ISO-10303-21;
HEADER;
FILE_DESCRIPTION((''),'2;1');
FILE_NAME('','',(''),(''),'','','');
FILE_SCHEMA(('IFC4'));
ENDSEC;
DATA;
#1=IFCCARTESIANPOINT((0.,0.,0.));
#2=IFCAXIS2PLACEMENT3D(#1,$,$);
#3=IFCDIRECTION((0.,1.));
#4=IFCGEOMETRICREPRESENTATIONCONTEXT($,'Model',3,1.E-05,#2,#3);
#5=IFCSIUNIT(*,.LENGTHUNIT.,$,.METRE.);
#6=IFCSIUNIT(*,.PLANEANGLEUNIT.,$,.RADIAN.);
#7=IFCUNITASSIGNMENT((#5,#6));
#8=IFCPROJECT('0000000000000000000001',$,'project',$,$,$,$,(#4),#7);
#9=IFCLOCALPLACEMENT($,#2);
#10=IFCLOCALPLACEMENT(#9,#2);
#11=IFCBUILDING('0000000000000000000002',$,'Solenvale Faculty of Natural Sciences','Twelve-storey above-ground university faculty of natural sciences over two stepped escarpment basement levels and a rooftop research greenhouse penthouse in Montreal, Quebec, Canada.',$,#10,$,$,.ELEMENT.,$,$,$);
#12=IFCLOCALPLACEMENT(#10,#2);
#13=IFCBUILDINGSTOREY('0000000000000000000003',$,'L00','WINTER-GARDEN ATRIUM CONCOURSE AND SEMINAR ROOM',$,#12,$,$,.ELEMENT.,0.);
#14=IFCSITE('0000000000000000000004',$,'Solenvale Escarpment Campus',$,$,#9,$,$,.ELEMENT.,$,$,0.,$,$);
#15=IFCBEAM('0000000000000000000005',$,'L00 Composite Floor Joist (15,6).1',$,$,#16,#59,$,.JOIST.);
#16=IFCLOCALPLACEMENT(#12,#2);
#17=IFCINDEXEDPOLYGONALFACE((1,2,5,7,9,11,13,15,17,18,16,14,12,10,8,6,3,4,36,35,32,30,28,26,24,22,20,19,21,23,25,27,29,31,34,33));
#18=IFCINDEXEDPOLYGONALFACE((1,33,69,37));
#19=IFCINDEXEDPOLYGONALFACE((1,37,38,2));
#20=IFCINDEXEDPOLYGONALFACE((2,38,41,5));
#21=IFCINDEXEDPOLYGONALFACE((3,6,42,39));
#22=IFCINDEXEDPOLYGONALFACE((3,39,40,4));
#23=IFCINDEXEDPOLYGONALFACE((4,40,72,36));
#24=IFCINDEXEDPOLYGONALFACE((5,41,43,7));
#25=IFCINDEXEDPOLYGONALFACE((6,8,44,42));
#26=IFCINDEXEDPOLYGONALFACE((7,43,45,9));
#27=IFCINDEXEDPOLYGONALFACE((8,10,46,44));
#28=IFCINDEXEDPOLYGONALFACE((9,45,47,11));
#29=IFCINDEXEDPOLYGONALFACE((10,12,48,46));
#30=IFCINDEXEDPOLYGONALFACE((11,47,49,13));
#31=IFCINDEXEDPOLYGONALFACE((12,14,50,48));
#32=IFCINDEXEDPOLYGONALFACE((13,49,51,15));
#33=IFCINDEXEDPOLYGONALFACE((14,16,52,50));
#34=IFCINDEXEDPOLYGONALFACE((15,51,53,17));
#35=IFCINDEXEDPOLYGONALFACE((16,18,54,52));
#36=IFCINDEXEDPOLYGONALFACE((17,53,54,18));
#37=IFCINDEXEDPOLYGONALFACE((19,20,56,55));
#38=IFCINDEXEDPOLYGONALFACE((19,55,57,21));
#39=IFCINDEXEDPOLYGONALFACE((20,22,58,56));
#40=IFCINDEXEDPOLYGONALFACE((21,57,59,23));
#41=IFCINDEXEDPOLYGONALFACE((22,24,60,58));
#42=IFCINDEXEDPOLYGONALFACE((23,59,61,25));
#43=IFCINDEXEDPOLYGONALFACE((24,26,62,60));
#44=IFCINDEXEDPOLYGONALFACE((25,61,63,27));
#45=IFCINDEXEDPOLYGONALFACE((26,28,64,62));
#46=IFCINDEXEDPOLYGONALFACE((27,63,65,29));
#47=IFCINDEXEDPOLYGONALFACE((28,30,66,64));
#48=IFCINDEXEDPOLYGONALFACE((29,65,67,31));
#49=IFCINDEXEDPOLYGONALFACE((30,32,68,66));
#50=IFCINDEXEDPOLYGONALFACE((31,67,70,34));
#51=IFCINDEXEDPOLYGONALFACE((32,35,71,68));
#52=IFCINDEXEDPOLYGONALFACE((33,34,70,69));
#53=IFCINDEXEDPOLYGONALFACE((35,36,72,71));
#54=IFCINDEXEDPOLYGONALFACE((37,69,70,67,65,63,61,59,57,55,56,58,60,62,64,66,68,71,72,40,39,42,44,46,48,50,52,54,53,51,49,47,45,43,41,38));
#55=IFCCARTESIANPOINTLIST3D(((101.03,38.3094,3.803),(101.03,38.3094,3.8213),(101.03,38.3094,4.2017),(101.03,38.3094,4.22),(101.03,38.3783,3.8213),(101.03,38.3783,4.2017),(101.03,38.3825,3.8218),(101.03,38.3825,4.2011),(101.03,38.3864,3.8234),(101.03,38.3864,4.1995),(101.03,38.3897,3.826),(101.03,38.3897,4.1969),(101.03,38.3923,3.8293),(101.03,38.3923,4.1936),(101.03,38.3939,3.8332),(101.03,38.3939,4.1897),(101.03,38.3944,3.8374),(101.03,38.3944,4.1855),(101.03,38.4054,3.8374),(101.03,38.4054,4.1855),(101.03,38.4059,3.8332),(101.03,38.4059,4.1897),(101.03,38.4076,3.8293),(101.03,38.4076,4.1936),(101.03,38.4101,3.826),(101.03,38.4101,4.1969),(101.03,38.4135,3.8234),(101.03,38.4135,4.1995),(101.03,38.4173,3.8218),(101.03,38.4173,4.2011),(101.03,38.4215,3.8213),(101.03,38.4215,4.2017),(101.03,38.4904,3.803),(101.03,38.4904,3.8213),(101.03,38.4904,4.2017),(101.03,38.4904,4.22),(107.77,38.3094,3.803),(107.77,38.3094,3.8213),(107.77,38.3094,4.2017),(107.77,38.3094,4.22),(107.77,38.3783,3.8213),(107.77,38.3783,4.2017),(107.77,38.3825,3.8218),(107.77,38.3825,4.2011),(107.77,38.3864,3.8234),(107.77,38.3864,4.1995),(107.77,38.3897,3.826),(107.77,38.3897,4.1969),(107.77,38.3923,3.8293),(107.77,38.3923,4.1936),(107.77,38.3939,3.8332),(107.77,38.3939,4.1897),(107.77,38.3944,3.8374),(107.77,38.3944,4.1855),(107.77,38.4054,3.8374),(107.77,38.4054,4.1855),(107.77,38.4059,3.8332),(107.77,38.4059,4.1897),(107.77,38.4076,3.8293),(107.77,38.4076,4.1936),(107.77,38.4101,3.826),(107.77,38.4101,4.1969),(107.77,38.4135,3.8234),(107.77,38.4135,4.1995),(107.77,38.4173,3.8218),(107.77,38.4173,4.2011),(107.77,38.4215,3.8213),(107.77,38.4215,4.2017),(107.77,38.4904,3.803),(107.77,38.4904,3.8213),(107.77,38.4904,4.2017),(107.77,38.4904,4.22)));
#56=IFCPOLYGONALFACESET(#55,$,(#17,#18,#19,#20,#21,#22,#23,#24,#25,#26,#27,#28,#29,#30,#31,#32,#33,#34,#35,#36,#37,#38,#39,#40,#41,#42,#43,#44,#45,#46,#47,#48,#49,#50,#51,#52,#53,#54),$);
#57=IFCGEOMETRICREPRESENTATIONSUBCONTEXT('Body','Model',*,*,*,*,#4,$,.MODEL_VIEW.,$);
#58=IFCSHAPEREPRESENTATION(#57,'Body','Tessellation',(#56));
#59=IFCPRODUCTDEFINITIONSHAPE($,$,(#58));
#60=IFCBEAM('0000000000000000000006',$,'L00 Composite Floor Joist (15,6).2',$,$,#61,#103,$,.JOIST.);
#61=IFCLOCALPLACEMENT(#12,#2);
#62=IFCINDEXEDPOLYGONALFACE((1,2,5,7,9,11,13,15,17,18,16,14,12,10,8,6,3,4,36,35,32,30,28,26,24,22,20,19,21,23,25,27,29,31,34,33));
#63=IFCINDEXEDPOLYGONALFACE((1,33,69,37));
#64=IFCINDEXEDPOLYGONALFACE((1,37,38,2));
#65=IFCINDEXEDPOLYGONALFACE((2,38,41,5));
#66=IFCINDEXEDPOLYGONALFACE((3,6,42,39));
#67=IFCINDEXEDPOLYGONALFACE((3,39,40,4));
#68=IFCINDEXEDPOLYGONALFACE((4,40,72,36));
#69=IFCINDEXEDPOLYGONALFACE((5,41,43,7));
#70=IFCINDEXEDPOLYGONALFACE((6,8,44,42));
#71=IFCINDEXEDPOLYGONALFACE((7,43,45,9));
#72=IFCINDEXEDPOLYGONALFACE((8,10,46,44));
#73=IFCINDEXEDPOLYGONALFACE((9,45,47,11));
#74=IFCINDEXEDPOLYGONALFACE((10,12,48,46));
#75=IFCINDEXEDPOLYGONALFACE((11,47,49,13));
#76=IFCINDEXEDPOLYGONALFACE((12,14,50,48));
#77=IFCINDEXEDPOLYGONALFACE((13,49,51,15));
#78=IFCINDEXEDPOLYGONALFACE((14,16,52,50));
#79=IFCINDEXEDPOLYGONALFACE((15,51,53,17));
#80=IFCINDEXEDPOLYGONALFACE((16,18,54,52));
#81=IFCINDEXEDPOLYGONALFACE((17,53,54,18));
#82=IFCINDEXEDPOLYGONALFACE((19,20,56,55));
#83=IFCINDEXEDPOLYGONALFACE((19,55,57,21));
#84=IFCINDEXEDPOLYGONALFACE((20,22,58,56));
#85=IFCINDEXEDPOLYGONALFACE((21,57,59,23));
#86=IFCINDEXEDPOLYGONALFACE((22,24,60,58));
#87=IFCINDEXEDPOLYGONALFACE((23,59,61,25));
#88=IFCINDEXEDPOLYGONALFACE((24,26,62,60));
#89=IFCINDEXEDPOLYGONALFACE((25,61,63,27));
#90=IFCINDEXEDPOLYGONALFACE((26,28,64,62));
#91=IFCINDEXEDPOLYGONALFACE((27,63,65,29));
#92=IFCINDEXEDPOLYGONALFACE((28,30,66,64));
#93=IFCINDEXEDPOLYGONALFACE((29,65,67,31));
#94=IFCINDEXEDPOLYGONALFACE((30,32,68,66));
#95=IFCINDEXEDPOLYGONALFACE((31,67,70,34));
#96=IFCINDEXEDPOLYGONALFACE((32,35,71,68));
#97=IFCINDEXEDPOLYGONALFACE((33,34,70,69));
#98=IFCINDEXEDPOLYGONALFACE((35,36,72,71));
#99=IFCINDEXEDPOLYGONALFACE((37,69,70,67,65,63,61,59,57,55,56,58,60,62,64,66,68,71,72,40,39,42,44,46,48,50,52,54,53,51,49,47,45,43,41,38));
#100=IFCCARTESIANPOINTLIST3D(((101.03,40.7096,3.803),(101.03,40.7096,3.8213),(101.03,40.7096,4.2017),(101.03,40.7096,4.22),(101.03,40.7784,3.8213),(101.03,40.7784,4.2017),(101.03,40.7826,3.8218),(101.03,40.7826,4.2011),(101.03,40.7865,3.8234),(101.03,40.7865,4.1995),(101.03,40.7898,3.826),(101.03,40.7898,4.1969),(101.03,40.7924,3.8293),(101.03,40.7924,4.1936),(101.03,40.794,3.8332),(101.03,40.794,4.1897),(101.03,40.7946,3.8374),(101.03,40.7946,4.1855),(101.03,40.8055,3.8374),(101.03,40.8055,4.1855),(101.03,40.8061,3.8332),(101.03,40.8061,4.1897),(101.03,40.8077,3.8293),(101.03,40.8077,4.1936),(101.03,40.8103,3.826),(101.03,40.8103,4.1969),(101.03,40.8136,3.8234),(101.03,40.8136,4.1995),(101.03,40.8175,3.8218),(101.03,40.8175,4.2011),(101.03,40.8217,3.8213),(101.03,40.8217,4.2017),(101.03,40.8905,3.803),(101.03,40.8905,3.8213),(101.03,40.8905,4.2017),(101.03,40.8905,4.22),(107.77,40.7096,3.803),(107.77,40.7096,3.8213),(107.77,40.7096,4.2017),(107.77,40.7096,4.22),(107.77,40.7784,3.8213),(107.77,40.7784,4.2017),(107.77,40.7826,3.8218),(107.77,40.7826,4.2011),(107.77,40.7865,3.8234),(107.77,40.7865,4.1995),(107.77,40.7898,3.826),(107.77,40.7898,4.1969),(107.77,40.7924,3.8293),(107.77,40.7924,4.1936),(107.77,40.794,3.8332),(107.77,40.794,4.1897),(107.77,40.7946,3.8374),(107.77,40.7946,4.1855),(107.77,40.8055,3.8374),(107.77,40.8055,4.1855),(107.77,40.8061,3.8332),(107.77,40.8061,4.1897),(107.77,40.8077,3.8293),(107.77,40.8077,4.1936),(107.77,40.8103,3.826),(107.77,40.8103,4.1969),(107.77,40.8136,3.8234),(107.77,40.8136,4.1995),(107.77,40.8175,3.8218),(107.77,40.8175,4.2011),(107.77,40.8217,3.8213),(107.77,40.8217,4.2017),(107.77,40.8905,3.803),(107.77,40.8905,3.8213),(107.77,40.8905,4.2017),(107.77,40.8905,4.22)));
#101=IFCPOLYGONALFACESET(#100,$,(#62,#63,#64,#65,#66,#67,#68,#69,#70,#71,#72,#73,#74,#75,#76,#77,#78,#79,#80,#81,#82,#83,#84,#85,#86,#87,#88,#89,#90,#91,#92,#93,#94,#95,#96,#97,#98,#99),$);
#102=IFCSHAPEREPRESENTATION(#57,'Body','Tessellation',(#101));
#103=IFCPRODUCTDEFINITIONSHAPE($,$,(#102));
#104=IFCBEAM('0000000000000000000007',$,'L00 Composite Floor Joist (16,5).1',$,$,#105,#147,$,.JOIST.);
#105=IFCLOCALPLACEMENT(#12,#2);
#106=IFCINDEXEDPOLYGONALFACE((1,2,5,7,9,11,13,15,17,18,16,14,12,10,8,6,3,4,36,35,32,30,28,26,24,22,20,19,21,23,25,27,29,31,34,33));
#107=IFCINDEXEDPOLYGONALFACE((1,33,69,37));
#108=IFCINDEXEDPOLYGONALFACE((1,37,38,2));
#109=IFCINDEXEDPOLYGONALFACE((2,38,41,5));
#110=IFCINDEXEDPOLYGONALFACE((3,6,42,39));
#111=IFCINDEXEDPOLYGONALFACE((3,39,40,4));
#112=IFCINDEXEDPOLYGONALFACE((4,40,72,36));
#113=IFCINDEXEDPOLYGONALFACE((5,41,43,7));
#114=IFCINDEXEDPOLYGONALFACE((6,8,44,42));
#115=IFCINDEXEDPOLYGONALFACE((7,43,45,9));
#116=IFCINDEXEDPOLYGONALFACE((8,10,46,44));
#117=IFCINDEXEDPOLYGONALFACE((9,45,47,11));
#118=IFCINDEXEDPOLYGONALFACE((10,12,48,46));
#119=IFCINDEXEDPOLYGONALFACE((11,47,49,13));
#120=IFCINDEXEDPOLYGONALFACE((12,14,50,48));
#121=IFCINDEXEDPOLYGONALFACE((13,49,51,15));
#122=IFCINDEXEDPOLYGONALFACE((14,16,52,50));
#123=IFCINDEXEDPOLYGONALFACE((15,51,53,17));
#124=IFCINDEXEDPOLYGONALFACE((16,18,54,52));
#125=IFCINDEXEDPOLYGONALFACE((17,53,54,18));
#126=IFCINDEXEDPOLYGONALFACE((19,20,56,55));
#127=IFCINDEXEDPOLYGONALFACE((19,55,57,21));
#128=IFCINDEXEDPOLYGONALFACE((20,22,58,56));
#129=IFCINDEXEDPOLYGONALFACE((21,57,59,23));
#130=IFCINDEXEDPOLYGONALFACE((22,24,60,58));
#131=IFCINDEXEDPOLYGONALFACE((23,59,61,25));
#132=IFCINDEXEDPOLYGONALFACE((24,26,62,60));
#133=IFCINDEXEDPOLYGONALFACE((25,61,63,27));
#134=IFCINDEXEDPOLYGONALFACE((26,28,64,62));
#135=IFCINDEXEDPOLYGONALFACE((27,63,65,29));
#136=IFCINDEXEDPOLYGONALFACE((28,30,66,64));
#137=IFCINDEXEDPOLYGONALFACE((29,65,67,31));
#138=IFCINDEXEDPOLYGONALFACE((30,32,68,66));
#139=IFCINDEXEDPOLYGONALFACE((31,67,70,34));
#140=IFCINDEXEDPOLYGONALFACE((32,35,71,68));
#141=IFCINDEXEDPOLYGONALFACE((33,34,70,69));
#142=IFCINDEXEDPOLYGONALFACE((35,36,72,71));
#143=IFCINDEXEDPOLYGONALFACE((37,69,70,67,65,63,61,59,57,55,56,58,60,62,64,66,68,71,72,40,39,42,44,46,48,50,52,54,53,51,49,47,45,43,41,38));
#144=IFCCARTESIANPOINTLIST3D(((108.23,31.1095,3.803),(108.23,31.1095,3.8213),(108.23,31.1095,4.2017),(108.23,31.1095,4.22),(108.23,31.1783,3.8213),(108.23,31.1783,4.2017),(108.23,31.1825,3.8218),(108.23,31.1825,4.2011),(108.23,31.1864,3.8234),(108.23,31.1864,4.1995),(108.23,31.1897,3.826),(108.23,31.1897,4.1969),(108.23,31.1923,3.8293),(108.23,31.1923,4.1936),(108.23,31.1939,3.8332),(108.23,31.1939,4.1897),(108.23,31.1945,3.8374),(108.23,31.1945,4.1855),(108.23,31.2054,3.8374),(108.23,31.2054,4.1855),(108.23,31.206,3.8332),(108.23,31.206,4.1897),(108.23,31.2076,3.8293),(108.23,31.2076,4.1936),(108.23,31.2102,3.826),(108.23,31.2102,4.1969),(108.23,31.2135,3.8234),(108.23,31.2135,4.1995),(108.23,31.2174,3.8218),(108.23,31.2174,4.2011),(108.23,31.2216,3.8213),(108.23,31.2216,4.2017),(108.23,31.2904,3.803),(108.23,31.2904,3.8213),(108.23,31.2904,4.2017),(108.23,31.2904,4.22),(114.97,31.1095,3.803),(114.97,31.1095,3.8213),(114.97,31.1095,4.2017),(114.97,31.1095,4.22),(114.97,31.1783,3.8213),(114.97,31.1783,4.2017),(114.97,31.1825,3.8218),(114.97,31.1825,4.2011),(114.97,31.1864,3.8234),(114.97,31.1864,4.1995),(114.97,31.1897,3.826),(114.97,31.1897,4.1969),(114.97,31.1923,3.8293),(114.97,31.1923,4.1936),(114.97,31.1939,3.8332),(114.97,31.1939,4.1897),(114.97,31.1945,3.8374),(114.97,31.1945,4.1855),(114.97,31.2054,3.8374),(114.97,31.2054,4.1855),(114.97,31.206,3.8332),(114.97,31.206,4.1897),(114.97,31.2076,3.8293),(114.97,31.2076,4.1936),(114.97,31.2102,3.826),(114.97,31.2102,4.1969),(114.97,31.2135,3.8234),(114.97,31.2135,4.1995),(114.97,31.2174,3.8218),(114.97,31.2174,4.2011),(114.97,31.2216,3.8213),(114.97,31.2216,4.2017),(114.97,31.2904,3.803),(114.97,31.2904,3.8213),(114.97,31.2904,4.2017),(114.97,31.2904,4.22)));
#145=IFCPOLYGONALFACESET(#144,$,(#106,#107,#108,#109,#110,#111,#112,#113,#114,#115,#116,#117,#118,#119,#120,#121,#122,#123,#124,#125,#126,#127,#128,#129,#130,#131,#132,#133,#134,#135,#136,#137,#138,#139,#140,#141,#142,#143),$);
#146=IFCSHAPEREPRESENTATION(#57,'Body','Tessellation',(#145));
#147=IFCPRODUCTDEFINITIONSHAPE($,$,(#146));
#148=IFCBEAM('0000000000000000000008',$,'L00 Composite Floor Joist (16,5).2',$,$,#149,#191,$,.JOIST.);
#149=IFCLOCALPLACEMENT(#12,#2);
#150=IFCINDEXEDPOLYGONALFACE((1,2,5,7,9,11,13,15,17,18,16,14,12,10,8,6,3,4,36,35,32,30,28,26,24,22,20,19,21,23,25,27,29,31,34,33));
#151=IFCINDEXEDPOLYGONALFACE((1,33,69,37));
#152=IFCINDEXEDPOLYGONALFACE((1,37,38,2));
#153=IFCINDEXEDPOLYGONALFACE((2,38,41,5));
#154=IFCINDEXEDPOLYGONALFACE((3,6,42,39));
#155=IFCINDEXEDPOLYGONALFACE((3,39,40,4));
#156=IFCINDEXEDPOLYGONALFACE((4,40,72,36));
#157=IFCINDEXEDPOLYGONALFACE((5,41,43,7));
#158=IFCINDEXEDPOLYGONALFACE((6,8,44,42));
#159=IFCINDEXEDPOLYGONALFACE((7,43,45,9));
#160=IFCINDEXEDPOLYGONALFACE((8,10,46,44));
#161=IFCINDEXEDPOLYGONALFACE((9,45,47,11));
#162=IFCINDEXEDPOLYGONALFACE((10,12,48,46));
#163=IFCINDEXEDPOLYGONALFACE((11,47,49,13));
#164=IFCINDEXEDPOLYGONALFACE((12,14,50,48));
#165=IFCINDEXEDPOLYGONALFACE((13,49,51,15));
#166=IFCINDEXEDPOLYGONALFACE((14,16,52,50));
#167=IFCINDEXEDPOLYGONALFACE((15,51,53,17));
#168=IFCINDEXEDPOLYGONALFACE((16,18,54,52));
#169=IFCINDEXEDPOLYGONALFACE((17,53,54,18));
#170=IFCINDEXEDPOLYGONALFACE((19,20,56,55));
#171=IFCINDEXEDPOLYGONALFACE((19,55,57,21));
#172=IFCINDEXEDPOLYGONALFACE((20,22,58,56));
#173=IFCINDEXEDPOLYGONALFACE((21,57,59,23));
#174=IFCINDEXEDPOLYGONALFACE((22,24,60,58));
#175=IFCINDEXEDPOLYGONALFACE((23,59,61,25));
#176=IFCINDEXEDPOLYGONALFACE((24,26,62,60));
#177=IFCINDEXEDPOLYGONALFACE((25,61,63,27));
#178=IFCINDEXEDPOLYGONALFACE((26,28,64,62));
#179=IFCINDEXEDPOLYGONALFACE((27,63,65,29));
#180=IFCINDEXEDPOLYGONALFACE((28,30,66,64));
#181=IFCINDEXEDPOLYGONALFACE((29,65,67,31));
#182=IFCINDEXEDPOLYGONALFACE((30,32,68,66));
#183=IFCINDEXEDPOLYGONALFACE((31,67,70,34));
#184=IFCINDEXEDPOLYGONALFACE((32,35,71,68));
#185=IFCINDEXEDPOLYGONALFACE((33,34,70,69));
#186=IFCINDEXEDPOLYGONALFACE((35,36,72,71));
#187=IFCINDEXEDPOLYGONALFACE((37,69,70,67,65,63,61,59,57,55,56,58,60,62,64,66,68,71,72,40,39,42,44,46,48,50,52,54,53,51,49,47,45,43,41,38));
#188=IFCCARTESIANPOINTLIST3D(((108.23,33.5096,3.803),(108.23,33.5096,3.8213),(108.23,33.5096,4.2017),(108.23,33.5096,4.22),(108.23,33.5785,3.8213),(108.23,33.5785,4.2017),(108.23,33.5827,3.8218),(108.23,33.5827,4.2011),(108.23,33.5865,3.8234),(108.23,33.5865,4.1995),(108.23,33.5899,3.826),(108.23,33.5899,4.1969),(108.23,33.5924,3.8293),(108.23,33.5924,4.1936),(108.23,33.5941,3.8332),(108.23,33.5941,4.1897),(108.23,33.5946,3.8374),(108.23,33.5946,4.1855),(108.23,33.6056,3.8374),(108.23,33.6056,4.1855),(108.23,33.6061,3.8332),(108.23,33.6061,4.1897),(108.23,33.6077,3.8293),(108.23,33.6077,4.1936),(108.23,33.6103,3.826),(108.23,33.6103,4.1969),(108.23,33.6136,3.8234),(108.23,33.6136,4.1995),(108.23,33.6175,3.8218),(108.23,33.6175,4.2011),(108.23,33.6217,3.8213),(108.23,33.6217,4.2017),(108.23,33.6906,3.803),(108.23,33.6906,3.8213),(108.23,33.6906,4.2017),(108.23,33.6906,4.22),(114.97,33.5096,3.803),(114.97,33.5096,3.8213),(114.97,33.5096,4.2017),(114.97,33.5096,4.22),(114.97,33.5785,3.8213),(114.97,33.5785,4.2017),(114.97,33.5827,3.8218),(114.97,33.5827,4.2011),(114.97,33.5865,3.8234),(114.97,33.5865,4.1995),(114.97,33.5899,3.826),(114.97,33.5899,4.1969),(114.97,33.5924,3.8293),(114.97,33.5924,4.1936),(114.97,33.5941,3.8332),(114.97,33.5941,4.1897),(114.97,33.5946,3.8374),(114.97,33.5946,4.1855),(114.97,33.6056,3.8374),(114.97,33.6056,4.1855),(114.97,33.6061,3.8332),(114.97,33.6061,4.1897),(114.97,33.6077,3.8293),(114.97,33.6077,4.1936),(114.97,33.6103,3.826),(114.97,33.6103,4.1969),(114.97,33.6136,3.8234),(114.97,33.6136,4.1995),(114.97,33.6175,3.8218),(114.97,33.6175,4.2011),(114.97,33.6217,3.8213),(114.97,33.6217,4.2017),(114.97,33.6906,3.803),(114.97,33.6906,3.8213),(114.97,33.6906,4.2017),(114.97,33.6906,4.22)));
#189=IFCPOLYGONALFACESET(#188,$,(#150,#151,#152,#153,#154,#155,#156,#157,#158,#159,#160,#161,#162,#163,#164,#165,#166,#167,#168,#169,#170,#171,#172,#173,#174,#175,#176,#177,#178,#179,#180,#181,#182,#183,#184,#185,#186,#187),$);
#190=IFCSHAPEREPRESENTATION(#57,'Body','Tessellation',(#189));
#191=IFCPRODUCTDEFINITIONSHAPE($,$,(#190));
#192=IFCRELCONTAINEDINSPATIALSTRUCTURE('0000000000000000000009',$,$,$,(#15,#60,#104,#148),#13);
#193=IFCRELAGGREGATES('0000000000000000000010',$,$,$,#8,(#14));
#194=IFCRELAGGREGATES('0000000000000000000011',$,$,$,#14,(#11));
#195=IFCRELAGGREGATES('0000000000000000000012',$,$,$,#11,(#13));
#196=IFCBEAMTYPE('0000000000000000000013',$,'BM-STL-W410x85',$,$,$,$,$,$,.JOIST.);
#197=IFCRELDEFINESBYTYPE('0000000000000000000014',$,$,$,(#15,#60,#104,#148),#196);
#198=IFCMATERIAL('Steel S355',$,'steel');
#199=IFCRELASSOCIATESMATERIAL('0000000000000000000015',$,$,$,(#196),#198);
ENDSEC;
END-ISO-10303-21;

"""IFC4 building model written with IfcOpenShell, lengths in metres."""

from ifc_helpers import new_model, si_unit, direction, frame, origin, origin_2d, place, context, subcontext, project, spatial, i_section, extrude, material, material_profile, profile_set, type_object, element, save


model = new_model("IFC4")

# Units and contexts
model_context = context("Model", 3, precision=1e-05, world=origin(), true_north=direction((0.0, 1.0)))
body_context = subcontext(model_context, "Body", "Model", "MODEL_VIEW")
ifc_project = project(units=[si_unit("LENGTHUNIT", "METRE"), si_unit("PLANEANGLEUNIT", "RADIAN")], contexts=[model_context])

# Site, building, storey
site_placement = place(None, origin())
site = spatial("IfcSite", under=ifc_project, at=site_placement, Name="Solenvale Escarpment Campus", CompositionType="ELEMENT", RefElevation=0.0)
building_placement = place(site_placement, origin())
building = spatial("IfcBuilding", under=site, at=building_placement, Name="Solenvale Faculty of Natural Sciences", Description="Twelve-storey above-ground university faculty of natural sciences over two stepped escarpment basement levels and a rooftop research greenhouse penthouse in Montreal, Quebec, Canada.", CompositionType="ELEMENT")
storey_placement = place(building_placement, origin())
storey = spatial("IfcBuildingStorey", under=building, at=storey_placement, Name="L00", Description="WINTER-GARDEN ATRIUM CONCOURSE AND SEMINAR ROOM", CompositionType="ELEMENT", Elevation=0.0)

# Beams
ifc_material_1 = material(Name="Steel S355", Category="steel")
ifc_material_profile_1 = material_profile(ifc_material_1, i_section(OverallWidth=0.1809, OverallDepth=0.417, WebThickness=0.011, FlangeThickness=0.0183, FilletRadius=0.0161, at=origin_2d()), Name="W410x85")
ifc_profile_set_1 = profile_set([ifc_material_profile_1], Name="Steel S355")
beam_type_1 = type_object("IfcBeamType", Name="BM-STL-W410x85", PredefinedType="JOIST", material=ifc_profile_set_1)
for number, where, z_axis, x_axis, name in (
    (1, (101.03, 38.3999, 4.0115), (1.0, 0.0, 0.0), (0.0, 1.0, 0.0), "L00 Composite Floor Joist (15,6).1"),
    (2, (101.03, 40.8, 4.0115), (1.0, 0.0, 0.0), (0.0, 1.0, 0.0), "L00 Composite Floor Joist (15,6).2"),
    (3, (108.23, 31.2, 4.0115), (1.0, 0.0, 0.0), (0.0, 1.0, 0.0), "L00 Composite Floor Joist (16,5).1"),
    (4, (108.23, 33.6001, 4.0115), (1.0, 0.0, 0.0), (0.0, 1.0, 0.0), "L00 Composite Floor Joist (16,5).2"),
):
    element("IfcBeam", number, at=place(storey_placement, frame(where, z_axis=z_axis, x_axis=x_axis)), inside=storey, type_object=beam_type_1, Name=name, PredefinedType="JOIST", context=body_context, shape_type="SweptSolid", body=[
        extrude(i_section(OverallWidth=0.1809, OverallDepth=0.417, WebThickness=0.011, FlangeThickness=0.0183, FilletRadius=0.0161, at=origin_2d()), origin(), (0.0, 0.0, 1.0), 6.74),
    ])

save(model, "model.ifc")
